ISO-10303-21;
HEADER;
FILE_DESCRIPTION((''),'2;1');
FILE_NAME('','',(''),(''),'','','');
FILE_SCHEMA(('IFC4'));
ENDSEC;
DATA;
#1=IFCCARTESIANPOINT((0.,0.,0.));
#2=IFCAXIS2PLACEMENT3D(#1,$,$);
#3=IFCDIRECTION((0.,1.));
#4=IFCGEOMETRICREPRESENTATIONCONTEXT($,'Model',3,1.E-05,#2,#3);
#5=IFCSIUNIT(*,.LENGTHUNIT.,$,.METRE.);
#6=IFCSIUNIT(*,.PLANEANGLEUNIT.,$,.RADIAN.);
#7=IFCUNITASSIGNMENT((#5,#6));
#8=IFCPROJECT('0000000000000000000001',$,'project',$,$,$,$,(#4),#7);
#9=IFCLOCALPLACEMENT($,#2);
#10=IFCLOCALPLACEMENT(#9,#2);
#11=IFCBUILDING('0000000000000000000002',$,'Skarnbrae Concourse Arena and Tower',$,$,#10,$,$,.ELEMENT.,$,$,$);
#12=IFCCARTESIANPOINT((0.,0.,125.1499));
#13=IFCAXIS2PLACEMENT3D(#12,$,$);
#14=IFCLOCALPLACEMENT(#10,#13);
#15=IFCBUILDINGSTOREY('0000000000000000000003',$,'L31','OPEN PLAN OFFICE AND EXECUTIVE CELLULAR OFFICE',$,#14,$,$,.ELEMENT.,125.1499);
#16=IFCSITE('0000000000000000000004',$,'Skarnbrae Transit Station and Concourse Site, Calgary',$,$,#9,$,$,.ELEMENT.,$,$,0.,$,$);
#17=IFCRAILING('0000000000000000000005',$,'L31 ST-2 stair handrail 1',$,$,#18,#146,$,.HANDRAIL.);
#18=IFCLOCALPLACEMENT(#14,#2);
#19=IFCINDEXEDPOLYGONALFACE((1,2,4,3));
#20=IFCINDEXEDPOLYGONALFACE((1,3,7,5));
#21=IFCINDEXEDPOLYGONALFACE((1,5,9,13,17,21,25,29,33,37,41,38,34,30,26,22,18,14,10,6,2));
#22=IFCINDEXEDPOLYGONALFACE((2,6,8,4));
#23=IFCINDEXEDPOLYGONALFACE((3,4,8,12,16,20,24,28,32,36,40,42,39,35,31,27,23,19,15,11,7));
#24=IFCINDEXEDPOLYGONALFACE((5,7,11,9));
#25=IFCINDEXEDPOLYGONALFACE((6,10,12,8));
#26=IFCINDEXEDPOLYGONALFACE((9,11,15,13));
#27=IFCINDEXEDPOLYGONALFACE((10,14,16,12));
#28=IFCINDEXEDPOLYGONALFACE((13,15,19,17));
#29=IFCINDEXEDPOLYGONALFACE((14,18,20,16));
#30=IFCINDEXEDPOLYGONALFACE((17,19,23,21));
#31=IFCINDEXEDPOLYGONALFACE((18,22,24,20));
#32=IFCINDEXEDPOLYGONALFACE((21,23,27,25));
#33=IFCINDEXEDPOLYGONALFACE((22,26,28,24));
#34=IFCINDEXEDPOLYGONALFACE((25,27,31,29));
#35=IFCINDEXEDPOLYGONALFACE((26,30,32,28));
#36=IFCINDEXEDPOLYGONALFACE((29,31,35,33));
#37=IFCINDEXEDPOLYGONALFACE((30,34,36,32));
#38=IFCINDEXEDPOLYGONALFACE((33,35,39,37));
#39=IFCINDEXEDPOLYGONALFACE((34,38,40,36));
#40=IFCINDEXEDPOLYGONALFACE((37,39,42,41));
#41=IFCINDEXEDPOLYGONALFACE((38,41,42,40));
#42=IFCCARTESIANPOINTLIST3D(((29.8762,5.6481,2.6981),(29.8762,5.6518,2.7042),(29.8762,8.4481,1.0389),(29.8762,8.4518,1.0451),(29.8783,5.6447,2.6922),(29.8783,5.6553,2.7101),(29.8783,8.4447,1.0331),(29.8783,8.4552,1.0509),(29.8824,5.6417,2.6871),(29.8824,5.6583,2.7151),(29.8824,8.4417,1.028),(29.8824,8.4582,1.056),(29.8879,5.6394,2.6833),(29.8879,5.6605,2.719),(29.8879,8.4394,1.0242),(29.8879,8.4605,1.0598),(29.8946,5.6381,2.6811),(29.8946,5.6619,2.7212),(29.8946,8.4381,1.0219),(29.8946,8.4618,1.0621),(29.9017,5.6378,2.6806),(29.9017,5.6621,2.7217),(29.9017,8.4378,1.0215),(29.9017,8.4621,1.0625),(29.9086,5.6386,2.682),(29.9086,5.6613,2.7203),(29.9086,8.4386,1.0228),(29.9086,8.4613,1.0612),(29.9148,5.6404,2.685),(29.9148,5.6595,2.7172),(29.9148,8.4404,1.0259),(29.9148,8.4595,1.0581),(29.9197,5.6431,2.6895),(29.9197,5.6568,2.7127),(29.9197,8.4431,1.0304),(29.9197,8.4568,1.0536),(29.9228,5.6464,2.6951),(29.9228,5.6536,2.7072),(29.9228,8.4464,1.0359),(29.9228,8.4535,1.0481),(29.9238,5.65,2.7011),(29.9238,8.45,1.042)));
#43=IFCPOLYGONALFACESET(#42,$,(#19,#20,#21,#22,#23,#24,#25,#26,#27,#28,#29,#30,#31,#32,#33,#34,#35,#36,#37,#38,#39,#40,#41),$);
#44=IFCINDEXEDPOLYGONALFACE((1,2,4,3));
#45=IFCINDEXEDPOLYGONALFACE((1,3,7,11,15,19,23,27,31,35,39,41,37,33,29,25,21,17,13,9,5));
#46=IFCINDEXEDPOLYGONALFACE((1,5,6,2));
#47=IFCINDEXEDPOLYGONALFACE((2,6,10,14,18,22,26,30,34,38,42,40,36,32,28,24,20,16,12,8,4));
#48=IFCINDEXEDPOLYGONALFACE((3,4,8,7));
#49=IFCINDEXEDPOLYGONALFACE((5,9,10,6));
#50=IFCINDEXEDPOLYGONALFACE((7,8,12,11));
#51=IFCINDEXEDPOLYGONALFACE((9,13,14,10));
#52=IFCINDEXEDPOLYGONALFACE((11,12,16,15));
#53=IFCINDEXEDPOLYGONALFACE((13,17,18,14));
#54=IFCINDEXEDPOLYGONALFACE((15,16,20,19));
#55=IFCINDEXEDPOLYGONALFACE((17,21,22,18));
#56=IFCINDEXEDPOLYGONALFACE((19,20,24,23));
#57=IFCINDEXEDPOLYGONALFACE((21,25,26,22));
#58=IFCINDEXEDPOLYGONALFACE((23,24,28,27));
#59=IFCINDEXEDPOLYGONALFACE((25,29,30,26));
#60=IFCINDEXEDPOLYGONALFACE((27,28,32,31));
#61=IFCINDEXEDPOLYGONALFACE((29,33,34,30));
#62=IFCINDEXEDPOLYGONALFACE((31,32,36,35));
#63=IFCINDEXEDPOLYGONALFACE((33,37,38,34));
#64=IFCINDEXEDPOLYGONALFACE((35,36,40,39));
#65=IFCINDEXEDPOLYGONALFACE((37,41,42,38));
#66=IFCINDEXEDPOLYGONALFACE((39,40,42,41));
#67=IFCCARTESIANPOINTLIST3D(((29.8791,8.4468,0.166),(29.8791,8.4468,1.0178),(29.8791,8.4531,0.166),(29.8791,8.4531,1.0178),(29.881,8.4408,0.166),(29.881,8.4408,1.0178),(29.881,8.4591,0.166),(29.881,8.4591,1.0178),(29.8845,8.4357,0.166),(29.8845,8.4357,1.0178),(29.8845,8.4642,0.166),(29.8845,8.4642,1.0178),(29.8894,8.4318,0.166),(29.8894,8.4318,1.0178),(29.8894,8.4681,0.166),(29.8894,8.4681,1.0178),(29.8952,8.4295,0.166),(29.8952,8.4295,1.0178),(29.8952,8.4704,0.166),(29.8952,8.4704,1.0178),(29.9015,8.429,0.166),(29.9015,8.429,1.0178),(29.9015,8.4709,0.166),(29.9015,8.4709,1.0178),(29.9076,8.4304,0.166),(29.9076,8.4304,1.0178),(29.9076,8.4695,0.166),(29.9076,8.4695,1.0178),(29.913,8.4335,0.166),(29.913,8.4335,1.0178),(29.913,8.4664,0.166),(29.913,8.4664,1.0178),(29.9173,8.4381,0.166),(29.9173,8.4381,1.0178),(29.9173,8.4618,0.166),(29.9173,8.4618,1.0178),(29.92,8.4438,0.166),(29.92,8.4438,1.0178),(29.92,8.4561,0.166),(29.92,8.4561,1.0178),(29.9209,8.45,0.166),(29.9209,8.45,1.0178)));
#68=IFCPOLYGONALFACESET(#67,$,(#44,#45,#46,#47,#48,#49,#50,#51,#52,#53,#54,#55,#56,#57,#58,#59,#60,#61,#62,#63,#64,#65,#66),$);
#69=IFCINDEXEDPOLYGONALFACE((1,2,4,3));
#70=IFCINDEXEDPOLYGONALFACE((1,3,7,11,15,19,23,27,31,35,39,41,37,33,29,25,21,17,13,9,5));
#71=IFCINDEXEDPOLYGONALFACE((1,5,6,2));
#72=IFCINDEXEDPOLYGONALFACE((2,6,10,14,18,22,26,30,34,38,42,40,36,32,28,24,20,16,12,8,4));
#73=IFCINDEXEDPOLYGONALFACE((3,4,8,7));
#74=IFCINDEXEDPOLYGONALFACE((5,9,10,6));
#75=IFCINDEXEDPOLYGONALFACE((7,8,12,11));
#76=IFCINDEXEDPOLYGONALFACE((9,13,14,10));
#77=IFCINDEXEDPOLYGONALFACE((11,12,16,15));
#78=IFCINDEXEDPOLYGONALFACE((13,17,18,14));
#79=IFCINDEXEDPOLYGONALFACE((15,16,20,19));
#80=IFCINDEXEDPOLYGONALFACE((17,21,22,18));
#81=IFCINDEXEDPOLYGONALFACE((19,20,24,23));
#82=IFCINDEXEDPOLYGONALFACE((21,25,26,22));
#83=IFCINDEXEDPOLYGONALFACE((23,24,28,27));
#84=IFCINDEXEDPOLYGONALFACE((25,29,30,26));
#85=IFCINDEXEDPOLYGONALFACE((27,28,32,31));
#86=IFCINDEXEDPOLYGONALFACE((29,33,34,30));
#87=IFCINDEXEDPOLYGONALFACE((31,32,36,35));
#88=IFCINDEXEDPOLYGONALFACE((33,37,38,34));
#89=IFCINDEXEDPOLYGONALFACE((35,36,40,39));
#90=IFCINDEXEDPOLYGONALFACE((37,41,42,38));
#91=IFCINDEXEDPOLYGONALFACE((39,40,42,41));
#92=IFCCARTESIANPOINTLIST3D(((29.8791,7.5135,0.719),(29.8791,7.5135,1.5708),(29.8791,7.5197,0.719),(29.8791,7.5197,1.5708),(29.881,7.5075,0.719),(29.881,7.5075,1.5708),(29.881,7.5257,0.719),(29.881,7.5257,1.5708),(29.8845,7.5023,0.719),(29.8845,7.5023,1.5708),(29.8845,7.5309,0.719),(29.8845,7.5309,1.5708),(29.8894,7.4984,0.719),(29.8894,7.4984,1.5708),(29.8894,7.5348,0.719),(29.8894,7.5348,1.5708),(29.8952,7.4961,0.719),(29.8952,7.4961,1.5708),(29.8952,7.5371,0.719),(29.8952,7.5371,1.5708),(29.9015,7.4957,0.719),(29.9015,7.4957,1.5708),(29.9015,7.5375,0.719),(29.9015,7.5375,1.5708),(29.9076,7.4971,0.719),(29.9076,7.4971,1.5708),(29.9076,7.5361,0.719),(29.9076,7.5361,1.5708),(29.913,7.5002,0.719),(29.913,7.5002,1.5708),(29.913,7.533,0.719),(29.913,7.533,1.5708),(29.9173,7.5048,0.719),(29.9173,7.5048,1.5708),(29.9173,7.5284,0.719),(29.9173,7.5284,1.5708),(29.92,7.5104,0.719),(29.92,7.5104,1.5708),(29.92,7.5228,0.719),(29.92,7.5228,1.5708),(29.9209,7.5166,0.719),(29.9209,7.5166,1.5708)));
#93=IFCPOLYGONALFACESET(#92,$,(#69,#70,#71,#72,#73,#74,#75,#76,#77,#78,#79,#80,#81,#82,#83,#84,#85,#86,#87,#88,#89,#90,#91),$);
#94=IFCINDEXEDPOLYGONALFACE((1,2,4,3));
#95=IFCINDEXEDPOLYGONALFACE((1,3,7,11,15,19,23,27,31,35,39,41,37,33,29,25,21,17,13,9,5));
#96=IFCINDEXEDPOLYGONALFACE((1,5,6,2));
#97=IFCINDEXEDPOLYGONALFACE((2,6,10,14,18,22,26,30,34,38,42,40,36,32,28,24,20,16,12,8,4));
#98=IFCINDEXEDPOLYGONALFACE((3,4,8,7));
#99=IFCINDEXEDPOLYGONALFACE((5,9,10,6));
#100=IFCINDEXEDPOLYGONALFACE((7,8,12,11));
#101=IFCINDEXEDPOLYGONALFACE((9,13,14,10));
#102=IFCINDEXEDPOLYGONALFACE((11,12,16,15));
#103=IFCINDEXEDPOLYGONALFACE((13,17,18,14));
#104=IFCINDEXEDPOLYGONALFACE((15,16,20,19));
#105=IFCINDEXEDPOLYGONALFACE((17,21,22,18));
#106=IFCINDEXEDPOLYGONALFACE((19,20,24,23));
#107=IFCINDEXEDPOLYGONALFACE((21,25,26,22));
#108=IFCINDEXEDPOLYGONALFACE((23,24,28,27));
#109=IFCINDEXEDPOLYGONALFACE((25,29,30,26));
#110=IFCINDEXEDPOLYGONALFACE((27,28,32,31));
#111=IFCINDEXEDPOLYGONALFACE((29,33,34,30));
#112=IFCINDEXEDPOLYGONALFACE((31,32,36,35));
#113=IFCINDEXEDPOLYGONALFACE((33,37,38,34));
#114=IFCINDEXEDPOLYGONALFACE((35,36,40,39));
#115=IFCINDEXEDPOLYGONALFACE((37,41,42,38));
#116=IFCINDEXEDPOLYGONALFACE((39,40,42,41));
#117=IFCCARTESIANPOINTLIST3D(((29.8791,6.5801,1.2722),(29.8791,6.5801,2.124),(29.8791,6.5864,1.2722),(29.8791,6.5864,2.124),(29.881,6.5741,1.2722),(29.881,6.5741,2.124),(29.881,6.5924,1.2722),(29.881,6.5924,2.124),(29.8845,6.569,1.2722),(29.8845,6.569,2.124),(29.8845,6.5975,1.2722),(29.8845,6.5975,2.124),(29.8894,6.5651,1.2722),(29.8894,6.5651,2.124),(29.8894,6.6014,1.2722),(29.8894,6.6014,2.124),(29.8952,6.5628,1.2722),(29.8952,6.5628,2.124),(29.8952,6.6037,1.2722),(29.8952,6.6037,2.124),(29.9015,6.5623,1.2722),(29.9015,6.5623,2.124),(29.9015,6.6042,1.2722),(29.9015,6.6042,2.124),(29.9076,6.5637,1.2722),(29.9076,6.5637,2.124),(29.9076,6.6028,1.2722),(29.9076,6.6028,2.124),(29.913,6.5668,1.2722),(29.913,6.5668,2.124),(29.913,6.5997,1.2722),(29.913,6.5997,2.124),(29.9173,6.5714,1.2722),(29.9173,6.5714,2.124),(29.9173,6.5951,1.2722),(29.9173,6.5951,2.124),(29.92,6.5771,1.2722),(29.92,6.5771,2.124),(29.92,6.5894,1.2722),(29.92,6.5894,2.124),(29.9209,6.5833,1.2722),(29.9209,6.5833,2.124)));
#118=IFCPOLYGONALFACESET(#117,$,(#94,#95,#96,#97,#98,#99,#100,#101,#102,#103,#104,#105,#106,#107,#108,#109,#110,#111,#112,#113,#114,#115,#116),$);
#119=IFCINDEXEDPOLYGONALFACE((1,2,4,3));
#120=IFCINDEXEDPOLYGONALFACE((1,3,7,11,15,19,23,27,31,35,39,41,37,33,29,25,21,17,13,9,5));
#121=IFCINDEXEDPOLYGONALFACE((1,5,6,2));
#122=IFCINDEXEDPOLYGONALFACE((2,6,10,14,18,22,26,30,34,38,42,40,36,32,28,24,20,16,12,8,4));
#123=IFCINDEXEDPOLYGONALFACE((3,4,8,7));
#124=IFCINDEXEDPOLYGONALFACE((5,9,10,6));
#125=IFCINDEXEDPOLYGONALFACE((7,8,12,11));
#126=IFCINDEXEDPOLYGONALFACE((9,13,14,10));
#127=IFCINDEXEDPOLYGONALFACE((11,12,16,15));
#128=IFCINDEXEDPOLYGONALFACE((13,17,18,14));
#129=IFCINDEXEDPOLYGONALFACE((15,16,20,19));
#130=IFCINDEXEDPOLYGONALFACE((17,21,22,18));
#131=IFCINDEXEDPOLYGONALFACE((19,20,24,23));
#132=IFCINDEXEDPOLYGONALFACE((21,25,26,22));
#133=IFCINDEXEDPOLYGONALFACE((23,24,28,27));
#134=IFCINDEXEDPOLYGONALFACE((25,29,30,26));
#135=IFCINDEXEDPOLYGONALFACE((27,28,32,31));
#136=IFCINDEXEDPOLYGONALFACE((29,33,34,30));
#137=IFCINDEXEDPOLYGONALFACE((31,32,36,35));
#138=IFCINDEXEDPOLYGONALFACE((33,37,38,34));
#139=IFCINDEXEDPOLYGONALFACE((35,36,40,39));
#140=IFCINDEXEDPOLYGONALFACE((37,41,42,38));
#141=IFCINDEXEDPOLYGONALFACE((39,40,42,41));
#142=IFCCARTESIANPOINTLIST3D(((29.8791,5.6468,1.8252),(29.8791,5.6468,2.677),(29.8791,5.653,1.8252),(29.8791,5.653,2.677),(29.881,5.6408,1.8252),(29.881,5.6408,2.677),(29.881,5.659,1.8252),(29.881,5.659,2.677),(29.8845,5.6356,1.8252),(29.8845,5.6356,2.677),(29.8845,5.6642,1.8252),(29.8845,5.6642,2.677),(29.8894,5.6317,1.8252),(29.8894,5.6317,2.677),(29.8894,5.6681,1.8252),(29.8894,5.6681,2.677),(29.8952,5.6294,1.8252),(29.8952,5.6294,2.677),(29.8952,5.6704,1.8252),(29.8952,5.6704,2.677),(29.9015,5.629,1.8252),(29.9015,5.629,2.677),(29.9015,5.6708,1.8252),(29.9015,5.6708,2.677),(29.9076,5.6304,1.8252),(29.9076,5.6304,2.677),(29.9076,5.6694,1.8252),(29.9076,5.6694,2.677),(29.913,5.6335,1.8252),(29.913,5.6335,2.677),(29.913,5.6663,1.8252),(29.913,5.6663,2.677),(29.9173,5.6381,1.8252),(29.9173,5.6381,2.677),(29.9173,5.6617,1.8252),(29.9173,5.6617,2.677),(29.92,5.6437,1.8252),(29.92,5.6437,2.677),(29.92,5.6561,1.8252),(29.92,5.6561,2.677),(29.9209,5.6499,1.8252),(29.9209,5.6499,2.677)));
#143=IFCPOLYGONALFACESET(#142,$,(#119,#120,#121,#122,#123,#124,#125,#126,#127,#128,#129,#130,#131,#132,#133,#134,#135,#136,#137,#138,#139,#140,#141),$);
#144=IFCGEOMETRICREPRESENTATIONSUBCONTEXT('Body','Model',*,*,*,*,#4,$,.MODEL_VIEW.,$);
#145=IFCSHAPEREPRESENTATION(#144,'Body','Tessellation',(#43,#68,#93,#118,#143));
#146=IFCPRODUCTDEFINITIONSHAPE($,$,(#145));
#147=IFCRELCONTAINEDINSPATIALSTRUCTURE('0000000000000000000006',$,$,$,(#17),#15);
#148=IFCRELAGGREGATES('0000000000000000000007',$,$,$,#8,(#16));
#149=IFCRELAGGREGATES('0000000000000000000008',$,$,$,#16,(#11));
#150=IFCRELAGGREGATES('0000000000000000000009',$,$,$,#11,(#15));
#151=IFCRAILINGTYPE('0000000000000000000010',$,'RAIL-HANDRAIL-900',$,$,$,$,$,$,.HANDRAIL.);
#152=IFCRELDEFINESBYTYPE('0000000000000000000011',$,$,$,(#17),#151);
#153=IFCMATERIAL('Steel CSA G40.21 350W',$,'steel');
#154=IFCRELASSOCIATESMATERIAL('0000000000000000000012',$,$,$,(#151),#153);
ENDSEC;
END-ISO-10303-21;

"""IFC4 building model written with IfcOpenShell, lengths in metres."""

from ifc_helpers import new_model, si_unit, direction, frame, origin, origin_2d, place, context, subcontext, project, spatial, circle, extrude, material, type_object, element, save


model = new_model("IFC4")

# Units and contexts
model_context = context("Model", 3, precision=1e-05, world=origin(), true_north=direction((0.0, 1.0)))
body_context = subcontext(model_context, "Body", "Model", "MODEL_VIEW")
ifc_project = project(units=[si_unit("LENGTHUNIT", "METRE"), si_unit("PLANEANGLEUNIT", "RADIAN")], contexts=[model_context])

# Site, building, storey
site_placement = place(None, origin())
site = spatial("IfcSite", under=ifc_project, at=site_placement, Name="Skarnbrae Transit Station and Concourse Site, Calgary", CompositionType="ELEMENT", RefElevation=0.0)
building_placement = place(site_placement, origin())
building = spatial("IfcBuilding", under=site, at=building_placement, Name="Skarnbrae Concourse Arena and Tower", CompositionType="ELEMENT")
storey_placement = place(building_placement, frame((0.0, 0.0, 125.1499)))
storey = spatial("IfcBuildingStorey", under=building, at=storey_placement, Name="L31", Description="OPEN PLAN OFFICE AND EXECUTIVE CELLULAR OFFICE", CompositionType="ELEMENT", Elevation=125.1499)

# Shared definitions
ifc_material_1 = material(Name="Steel CSA G40.21 350W", Category="steel")

# Railing
railing_type_1 = type_object("IfcRailingType", Name="RAIL-HANDRAIL-900", PredefinedType="HANDRAIL", material=ifc_material_1)
railing_1_placement = place(storey_placement, frame((29.8999, 8.45, 0.166)))
element("IfcRailing", 1, at=railing_1_placement, inside=storey, type_object=railing_type_1, Name="L31 ST-2 stair handrail 1", PredefinedType="HANDRAIL", context=body_context, shape_type="SweptSolid", body=[
    extrude(circle(Radius=0.0239, at=origin_2d()), frame((0.0, 0.0, 0.876), z_axis=(0.0, -0.860306, 0.509778), x_axis=(1.0, 0.0, 0.0)), (0.0, 0.0, 1.0), 3.2546),
    extrude(circle(Radius=0.021, at=origin_2d()), origin(), (0.0, 0.0, 1.0), 0.8518),
    extrude(circle(Radius=0.021, at=origin_2d()), frame((0.0, -0.9333, 0.553)), (0.0, 0.0, 1.0), 0.8518),
    extrude(circle(Radius=0.021, at=origin_2d()), frame((0.0, -1.8667, 1.1062)), (0.0, 0.0, 1.0), 0.8518),
    extrude(circle(Radius=0.021, at=origin_2d()), frame((0.0, -2.8, 1.6592)), (0.0, 0.0, 1.0), 0.8518),
])

save(model, "model.ifc")
